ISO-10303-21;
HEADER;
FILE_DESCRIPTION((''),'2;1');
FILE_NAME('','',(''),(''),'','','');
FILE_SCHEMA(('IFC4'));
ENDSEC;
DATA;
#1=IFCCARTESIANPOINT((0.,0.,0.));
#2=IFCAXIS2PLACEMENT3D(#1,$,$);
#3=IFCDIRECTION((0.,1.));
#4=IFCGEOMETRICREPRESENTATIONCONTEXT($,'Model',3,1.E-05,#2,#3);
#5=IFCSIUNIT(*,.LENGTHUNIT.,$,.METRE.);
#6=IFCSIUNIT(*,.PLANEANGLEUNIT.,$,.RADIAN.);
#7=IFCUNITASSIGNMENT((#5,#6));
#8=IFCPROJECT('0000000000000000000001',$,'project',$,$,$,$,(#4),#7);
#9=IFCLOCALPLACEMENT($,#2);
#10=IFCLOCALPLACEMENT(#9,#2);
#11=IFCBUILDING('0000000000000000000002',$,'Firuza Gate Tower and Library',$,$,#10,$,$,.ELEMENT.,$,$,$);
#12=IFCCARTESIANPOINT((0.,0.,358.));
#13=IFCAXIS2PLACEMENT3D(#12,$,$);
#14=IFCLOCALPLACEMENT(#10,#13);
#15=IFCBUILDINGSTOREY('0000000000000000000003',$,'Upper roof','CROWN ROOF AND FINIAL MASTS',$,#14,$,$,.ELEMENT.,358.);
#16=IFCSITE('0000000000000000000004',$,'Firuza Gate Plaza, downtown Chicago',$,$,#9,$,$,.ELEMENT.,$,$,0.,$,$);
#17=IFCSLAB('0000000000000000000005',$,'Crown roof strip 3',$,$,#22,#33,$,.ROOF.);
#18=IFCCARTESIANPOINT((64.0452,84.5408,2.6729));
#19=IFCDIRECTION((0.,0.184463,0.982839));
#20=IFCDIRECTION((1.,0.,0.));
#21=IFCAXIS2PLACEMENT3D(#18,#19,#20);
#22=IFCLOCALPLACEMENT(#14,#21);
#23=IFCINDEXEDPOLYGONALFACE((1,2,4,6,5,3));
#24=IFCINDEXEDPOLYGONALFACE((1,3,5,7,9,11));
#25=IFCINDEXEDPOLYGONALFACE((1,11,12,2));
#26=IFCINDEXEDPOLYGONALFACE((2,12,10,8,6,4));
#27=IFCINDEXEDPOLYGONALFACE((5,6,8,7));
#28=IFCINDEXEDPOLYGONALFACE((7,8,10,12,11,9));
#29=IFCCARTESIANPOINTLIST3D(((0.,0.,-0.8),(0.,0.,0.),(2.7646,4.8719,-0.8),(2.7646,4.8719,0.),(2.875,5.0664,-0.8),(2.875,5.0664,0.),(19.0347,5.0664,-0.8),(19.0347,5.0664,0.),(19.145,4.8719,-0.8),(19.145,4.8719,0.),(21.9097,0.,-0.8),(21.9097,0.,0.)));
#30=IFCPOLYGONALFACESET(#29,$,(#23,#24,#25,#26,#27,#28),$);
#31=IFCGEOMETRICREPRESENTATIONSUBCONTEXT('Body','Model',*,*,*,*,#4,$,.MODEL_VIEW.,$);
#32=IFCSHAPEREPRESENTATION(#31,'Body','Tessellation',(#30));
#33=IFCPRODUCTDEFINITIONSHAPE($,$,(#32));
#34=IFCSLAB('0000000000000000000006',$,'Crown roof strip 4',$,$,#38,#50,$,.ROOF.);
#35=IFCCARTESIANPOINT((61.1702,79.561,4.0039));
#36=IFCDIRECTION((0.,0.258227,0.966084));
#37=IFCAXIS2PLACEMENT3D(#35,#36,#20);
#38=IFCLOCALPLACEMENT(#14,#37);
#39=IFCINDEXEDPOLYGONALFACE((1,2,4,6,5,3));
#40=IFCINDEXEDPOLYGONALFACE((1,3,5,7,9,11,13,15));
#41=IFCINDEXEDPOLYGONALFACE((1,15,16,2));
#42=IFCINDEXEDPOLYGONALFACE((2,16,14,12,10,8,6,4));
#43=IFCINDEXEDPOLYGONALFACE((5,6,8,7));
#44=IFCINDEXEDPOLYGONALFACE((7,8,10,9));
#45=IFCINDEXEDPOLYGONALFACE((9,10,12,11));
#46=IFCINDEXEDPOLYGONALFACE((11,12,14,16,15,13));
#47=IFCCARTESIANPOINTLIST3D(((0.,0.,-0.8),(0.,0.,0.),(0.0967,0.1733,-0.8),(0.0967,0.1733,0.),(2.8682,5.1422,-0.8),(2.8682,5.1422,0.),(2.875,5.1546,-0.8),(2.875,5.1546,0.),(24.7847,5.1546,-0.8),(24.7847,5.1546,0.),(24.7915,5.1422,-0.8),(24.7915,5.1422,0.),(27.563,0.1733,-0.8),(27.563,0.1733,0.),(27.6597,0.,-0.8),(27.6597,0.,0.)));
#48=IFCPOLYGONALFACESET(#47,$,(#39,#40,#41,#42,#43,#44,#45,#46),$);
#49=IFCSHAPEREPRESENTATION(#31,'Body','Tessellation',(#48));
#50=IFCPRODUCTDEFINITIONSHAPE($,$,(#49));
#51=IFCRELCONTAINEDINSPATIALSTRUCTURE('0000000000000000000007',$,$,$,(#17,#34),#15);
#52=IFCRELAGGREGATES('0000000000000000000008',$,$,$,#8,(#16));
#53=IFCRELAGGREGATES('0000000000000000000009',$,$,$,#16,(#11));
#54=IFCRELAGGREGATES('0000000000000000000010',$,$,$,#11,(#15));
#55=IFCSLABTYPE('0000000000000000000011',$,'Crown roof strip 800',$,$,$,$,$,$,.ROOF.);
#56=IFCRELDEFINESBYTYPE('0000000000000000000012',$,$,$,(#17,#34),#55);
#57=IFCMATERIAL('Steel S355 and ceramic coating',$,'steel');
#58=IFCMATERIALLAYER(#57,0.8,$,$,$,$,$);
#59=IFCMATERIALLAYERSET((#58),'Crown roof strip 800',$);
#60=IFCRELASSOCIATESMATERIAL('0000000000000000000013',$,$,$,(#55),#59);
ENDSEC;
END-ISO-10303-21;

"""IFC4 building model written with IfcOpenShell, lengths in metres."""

from ifc_helpers import new_model, si_unit, direction, frame, origin, place, context, subcontext, project, spatial, polyline, outline, extrude, material, layer, layer_set, type_object, element, save


model = new_model("IFC4")

# Units and contexts
model_context = context("Model", 3, precision=1e-05, world=origin(), true_north=direction((0.0, 1.0)))
body_context = subcontext(model_context, "Body", "Model", "MODEL_VIEW")
ifc_project = project(units=[si_unit("LENGTHUNIT", "METRE"), si_unit("PLANEANGLEUNIT", "RADIAN")], contexts=[model_context])

# Site, building, storey
site_placement = place(None, origin())
site = spatial("IfcSite", under=ifc_project, at=site_placement, Name="Firuza Gate Plaza, downtown Chicago", CompositionType="ELEMENT", RefElevation=0.0)
building_placement = place(site_placement, origin())
building = spatial("IfcBuilding", under=site, at=building_placement, Name="Firuza Gate Tower and Library", CompositionType="ELEMENT")
storey_placement = place(building_placement, frame((0.0, 0.0, 358.0)))
storey = spatial("IfcBuildingStorey", under=building, at=storey_placement, Name="Upper roof", Description="CROWN ROOF AND FINIAL MASTS", CompositionType="ELEMENT", Elevation=358.0)

# Slabs
ifc_material_1 = material(Name="Steel S355 and ceramic coating", Category="steel")
ifc_layer_1 = layer(ifc_material_1, 0.8)
ifc_layer_set_1 = layer_set([ifc_layer_1], Name="Crown roof strip 800")
slab_type = type_object("IfcSlabType", Name="Crown roof strip 800", PredefinedType="ROOF", material=ifc_layer_set_1)
slab_1_placement = place(storey_placement, frame((64.0452, 84.5408, 2.6729), z_axis=(0.0, 0.184463, 0.982839), x_axis=(1.0, 0.0, 0.0)))
element("IfcSlab", 1, at=slab_1_placement, inside=storey, type_object=slab_type, Name="Crown roof strip 3", PredefinedType="ROOF", context=body_context, shape_type="SweptSolid", body=[
    extrude(outline(polyline([(0.0, 0.0), (21.9097, 0.0), (19.145, 4.8719), (19.0347, 5.0664), (2.875, 5.0664), (2.7646, 4.8719), (0.0, 0.0)])), origin(), (0.0, 0.0, -1.0), 0.8),
])
slab_2_placement = place(storey_placement, frame((61.1702, 79.561, 4.0039), z_axis=(0.0, 0.258227, 0.966084), x_axis=(1.0, 0.0, 0.0)))
element("IfcSlab", 2, at=slab_2_placement, inside=storey, type_object=slab_type, Name="Crown roof strip 4", PredefinedType="ROOF", context=body_context, shape_type="SweptSolid", body=[
    extrude(outline(polyline([(0.0, 0.0), (27.6597, 0.0), (27.563, 0.1733), (24.7915, 5.1422), (24.7847, 5.1546), (2.875, 5.1546), (2.8682, 5.1422), (0.0967, 0.1733), (0.0, 0.0)])), origin(), (0.0, 0.0, -1.0), 0.8),
])

save(model, "model.ifc")
